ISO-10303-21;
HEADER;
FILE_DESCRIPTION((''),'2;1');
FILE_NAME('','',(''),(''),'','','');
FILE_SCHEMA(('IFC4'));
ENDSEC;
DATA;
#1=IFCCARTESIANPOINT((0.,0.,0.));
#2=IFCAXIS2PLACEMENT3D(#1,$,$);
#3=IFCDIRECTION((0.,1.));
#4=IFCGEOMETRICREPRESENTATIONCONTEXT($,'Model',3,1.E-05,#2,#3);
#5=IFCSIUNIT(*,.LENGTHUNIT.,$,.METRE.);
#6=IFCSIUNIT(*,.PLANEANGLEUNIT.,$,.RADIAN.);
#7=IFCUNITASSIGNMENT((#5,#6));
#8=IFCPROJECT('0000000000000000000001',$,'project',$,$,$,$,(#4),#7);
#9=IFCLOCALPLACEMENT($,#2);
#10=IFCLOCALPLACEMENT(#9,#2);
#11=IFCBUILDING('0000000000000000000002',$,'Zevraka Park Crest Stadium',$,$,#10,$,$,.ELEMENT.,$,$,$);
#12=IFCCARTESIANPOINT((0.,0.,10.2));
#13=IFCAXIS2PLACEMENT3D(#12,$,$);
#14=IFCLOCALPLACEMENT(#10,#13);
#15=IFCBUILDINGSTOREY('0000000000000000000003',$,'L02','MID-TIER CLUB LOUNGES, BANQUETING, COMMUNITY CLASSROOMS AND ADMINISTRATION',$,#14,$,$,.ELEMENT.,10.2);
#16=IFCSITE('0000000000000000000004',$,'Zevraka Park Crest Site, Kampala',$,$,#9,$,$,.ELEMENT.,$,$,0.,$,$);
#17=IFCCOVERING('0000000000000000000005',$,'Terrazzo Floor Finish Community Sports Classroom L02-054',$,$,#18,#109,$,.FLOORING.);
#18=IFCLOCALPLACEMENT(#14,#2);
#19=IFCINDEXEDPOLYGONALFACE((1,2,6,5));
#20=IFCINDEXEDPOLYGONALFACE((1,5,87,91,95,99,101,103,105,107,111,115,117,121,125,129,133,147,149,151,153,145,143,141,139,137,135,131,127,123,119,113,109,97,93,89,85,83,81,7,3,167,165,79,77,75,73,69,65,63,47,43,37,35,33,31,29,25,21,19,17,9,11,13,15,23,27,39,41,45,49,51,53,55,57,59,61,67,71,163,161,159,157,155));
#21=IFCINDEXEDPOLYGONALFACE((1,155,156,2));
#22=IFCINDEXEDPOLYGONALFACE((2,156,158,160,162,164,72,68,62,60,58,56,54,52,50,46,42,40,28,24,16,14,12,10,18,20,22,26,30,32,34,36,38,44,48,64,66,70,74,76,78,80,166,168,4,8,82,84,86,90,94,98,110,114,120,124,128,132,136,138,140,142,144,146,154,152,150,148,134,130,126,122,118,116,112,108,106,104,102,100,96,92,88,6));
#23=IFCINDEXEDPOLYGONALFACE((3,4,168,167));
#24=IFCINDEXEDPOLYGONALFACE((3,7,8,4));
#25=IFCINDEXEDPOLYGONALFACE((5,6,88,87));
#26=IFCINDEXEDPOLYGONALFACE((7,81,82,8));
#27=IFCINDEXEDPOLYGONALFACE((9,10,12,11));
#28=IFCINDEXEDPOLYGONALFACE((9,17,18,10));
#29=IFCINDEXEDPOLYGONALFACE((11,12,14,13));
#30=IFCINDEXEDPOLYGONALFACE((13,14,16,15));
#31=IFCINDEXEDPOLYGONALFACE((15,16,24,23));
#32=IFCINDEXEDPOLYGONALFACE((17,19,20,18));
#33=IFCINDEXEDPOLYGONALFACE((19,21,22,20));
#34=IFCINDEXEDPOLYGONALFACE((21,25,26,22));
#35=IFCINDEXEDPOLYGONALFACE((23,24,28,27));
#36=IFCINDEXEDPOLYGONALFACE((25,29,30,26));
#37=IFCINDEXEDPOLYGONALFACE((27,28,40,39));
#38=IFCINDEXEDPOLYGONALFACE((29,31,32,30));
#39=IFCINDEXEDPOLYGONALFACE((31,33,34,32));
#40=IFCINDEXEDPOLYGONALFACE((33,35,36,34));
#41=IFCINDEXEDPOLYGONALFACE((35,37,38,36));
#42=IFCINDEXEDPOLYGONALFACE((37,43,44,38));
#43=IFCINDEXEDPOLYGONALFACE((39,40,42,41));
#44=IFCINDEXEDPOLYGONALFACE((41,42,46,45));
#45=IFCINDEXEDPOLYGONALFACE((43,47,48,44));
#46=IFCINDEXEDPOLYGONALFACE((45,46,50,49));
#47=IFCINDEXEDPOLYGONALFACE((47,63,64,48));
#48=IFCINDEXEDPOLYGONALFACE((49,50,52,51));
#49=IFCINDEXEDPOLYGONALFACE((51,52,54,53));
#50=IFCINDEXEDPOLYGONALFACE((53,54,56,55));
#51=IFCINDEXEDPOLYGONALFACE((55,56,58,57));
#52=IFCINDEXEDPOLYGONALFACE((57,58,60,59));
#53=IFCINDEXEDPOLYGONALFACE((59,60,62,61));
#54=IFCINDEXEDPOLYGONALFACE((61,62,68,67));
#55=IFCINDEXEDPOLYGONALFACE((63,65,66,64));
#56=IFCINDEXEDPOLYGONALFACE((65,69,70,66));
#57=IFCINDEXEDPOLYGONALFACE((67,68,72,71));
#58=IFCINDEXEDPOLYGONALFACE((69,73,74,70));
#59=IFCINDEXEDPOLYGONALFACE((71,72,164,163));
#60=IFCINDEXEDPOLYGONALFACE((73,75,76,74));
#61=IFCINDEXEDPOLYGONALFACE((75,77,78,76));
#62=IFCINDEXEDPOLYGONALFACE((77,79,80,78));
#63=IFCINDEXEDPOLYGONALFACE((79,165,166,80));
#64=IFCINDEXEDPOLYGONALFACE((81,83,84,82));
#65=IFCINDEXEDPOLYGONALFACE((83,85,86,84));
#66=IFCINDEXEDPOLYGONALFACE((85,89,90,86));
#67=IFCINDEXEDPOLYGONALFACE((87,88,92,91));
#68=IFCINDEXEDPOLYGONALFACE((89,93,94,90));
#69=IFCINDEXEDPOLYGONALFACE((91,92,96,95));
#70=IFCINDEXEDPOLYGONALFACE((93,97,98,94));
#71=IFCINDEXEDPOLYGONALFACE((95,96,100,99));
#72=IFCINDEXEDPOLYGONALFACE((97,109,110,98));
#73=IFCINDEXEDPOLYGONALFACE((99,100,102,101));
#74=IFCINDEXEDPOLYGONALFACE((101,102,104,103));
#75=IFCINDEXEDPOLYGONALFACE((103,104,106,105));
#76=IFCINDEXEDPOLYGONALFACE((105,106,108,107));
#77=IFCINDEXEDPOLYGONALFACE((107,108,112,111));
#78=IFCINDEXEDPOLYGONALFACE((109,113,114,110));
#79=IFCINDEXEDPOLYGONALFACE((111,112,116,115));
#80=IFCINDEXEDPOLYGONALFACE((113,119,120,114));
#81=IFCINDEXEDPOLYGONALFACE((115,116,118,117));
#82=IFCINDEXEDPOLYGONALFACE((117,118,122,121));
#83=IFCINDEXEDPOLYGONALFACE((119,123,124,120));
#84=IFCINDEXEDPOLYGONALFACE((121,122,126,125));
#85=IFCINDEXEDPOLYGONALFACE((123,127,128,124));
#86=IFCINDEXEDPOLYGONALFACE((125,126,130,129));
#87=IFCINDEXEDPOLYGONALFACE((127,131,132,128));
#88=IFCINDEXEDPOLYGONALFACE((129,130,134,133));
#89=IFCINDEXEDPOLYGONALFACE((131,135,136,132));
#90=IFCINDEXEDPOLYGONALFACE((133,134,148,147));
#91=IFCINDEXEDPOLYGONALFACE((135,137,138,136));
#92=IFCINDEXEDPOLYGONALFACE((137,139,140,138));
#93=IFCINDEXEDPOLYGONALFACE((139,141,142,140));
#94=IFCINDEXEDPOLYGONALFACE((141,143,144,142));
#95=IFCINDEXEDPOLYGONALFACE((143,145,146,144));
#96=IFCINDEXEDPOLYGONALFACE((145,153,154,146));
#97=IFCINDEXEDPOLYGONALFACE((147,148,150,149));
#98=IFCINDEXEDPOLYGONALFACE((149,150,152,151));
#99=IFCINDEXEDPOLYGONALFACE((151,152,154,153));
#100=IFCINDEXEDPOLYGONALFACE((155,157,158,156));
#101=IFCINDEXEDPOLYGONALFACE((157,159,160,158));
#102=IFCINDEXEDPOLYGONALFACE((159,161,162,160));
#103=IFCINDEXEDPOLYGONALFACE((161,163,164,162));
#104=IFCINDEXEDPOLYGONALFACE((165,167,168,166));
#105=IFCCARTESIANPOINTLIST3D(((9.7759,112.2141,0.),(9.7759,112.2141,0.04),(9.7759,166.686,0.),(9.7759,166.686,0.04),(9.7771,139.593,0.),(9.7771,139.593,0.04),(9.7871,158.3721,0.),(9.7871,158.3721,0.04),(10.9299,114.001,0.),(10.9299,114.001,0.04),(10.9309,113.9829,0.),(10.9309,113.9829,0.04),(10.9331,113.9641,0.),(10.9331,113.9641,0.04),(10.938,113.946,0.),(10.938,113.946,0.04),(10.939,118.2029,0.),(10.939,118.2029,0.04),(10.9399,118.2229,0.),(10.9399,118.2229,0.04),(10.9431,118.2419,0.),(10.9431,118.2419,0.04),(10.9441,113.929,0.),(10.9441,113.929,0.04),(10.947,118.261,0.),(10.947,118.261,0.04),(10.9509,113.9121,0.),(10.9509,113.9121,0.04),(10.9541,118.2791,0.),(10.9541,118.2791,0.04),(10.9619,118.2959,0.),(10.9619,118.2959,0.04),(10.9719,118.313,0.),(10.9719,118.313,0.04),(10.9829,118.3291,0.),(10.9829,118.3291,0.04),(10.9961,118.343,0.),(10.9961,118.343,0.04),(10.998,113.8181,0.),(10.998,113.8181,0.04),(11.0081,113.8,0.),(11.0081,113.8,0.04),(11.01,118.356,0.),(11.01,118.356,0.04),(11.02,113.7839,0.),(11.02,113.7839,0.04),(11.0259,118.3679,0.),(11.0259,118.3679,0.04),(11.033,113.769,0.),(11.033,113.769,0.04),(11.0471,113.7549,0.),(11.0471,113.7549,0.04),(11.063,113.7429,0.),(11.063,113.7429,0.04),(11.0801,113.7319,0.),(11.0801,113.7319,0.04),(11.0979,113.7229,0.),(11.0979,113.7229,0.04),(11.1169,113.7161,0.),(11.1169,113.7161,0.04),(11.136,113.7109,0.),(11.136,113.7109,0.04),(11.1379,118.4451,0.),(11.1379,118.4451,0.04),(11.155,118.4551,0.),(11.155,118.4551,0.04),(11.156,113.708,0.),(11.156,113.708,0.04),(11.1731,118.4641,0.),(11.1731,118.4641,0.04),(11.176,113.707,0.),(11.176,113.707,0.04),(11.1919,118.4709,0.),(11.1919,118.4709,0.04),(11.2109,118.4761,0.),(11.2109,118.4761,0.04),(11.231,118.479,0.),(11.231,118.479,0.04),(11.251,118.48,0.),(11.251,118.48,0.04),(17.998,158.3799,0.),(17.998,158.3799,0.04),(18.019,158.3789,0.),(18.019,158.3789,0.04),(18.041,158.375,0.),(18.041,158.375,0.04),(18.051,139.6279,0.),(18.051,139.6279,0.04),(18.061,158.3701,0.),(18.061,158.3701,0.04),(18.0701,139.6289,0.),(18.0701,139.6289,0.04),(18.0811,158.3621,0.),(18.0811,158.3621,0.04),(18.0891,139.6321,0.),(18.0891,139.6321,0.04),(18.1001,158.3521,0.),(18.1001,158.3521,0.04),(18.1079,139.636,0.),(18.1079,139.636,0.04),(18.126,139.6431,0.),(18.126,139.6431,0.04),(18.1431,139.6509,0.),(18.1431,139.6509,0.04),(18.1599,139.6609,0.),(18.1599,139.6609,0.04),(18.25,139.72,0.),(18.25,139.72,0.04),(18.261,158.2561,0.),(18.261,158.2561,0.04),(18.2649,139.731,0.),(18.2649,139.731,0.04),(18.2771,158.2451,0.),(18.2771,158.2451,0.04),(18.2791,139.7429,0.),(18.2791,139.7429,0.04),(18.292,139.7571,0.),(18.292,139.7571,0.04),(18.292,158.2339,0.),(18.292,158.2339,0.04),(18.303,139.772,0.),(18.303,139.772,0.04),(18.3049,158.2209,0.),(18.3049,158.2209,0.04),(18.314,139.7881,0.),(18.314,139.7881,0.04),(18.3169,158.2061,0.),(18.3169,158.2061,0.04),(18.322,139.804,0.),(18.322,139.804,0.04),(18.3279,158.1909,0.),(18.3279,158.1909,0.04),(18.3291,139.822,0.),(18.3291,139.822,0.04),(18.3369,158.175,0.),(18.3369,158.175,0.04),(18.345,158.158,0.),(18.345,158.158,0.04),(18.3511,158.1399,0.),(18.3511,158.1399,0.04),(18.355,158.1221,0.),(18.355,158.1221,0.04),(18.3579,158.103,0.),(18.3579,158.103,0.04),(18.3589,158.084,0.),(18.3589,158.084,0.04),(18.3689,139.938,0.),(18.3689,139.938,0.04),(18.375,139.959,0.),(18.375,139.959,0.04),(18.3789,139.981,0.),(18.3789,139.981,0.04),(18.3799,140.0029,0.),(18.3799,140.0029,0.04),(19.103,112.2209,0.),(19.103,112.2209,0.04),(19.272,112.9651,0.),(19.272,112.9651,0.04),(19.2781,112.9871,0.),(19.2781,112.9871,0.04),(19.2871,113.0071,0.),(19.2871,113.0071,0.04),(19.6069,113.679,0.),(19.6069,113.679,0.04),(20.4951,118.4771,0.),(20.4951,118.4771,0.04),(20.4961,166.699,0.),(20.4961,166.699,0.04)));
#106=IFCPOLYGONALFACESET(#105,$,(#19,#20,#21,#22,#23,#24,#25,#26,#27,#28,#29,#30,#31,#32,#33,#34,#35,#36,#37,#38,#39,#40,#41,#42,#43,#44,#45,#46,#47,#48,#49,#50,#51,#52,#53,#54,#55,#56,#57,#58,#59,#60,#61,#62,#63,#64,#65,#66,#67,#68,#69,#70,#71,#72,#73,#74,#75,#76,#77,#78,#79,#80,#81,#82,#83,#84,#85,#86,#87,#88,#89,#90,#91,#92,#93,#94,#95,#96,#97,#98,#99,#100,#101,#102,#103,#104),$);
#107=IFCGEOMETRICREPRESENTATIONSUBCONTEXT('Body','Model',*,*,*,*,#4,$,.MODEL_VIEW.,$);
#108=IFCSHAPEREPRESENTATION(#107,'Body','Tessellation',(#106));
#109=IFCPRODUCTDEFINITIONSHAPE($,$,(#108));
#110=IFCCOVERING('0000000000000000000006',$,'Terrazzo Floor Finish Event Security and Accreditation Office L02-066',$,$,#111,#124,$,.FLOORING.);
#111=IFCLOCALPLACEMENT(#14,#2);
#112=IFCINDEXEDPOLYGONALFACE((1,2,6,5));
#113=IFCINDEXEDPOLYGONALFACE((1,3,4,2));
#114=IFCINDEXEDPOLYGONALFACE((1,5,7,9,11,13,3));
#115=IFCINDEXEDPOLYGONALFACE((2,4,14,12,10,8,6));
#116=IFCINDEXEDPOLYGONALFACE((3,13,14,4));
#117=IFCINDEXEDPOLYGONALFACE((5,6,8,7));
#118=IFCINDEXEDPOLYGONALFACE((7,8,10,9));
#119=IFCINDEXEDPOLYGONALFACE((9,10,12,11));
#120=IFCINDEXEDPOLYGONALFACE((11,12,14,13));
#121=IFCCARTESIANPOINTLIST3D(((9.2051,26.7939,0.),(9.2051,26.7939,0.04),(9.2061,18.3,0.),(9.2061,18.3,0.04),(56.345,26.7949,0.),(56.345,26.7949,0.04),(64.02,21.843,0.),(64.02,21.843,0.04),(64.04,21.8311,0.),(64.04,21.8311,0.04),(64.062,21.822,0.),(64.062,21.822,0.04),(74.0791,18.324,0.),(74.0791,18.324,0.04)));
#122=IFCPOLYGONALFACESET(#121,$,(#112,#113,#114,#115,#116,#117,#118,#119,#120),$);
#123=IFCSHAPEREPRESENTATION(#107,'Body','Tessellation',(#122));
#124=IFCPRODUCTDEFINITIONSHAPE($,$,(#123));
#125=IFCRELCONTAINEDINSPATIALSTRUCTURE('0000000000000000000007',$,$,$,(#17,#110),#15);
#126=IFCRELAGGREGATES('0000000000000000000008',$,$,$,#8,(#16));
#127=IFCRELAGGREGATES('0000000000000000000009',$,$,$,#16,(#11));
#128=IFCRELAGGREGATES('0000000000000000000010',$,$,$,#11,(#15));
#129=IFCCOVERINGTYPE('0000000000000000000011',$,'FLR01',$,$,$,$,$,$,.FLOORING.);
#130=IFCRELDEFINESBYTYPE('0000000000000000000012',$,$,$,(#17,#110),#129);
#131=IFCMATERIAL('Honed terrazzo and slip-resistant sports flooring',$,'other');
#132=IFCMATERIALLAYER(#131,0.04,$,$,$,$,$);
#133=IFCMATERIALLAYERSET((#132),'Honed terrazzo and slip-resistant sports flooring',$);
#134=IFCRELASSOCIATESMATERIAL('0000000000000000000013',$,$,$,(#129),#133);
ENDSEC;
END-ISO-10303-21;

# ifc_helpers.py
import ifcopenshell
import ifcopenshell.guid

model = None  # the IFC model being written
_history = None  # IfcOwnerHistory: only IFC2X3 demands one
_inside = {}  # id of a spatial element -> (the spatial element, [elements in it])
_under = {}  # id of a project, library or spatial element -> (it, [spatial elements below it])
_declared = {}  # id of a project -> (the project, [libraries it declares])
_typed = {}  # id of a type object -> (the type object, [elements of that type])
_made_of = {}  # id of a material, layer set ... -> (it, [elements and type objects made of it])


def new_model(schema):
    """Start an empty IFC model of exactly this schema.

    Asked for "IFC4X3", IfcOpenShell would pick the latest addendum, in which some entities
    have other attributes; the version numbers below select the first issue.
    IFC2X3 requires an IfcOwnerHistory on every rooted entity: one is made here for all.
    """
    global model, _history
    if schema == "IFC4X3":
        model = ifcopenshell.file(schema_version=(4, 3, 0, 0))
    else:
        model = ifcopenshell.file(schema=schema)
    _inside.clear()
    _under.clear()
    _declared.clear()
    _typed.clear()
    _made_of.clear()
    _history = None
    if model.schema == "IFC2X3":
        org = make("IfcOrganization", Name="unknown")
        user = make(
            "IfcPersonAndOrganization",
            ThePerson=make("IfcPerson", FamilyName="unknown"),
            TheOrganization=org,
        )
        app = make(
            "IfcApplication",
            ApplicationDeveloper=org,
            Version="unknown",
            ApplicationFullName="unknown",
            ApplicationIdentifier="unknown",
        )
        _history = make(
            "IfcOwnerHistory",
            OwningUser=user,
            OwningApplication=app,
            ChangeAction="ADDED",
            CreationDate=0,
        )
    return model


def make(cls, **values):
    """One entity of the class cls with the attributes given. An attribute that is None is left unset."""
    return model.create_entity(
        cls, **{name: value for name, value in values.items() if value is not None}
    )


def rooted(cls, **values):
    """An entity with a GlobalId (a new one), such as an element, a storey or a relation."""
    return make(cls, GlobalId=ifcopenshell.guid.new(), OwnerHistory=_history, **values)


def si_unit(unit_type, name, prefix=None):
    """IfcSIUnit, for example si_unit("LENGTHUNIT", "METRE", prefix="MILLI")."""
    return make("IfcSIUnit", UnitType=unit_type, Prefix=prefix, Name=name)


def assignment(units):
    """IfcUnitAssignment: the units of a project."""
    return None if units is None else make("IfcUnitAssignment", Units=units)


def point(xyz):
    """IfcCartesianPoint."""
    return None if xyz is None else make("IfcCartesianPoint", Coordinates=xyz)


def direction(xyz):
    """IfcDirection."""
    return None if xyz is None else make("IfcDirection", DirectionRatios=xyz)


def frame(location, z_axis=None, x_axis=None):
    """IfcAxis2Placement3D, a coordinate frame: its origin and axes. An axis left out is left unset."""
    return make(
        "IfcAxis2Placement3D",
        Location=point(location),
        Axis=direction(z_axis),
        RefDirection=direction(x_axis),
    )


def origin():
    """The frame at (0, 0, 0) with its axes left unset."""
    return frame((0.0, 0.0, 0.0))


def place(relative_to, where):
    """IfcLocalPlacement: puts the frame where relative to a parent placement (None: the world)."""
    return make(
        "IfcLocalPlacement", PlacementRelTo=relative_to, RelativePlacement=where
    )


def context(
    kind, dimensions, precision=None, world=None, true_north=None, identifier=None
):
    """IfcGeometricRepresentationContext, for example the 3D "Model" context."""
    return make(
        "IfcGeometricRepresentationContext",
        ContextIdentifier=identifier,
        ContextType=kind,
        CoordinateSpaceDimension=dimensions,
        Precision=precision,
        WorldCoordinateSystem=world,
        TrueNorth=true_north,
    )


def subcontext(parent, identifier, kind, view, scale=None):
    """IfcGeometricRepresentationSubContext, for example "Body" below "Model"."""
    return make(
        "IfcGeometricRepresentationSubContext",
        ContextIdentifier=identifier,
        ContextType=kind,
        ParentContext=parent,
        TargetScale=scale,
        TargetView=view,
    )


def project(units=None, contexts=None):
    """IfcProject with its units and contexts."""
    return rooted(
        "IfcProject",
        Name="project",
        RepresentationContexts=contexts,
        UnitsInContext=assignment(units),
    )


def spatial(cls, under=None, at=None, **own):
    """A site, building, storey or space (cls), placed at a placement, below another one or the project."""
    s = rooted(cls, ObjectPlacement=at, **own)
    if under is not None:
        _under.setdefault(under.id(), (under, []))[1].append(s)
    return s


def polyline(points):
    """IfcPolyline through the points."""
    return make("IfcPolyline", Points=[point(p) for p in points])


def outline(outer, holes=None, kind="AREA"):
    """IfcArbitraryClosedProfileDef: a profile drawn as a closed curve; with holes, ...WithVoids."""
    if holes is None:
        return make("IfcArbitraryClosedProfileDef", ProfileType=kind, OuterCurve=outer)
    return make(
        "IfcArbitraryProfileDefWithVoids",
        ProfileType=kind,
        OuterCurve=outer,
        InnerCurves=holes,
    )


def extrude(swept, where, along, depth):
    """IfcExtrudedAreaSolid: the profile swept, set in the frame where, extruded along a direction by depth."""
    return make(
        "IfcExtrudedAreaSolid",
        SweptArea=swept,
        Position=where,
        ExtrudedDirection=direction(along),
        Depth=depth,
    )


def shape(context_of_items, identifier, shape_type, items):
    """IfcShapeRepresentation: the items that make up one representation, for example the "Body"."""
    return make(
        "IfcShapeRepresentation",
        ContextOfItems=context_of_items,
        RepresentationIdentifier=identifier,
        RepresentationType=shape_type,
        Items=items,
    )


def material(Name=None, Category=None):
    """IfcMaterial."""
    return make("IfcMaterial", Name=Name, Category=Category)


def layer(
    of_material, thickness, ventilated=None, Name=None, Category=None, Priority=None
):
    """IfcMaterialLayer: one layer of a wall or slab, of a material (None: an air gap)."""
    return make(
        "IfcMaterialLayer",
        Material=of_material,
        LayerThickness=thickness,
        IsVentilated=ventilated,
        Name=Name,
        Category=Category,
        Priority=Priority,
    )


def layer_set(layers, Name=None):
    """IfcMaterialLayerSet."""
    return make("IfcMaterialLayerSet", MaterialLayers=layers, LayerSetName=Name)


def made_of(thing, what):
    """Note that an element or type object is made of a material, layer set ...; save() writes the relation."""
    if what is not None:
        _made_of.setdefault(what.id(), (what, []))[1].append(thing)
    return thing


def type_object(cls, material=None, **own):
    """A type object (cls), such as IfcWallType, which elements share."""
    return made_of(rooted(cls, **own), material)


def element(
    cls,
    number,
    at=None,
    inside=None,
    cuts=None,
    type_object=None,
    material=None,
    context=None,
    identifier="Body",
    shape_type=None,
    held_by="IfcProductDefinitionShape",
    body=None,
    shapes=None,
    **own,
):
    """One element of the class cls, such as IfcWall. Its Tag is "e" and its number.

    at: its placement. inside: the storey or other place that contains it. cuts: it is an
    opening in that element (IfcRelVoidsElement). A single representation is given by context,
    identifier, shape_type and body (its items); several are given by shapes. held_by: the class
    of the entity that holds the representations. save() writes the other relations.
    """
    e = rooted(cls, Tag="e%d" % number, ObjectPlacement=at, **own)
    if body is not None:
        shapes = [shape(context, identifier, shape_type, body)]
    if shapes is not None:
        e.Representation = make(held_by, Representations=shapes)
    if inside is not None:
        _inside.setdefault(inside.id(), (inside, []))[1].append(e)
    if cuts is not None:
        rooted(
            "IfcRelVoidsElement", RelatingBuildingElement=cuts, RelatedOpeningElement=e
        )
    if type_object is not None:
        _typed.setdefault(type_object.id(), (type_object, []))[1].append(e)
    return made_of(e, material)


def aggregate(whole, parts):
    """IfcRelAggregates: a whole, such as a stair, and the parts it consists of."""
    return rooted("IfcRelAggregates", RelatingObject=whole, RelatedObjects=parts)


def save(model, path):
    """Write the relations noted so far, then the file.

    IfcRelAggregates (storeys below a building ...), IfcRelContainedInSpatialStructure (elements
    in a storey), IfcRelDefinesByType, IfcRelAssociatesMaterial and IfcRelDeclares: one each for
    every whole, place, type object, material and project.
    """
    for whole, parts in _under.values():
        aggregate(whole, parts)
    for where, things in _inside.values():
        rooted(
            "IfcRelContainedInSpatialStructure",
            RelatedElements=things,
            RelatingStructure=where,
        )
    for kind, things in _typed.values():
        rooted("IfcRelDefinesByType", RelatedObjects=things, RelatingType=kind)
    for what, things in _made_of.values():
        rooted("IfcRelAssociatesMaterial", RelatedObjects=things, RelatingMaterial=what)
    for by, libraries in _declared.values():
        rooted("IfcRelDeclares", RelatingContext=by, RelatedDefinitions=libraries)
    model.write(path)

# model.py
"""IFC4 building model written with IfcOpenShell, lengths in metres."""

from ifc_helpers import new_model, si_unit, direction, frame, origin, place, context, subcontext, project, spatial, polyline, outline, extrude, material, layer, layer_set, type_object, element, save


model = new_model("IFC4")

# Units and contexts
model_context = context("Model", 3, precision=1e-05, world=origin(), true_north=direction((0.0, 1.0)))
body_context = subcontext(model_context, "Body", "Model", "MODEL_VIEW")
ifc_project = project(units=[si_unit("LENGTHUNIT", "METRE"), si_unit("PLANEANGLEUNIT", "RADIAN")], contexts=[model_context])

# Site, building, storey
site_placement = place(None, origin())
site = spatial("IfcSite", under=ifc_project, at=site_placement, Name="Zevraka Park Crest Site, Kampala", CompositionType="ELEMENT", RefElevation=0.0)
building_placement = place(site_placement, origin())
building = spatial("IfcBuilding", under=site, at=building_placement, Name="Zevraka Park Crest Stadium", CompositionType="ELEMENT")
storey_placement = place(building_placement, frame((0.0, 0.0, 10.2)))
storey = spatial("IfcBuildingStorey", under=building, at=storey_placement, Name="L02", Description="MID-TIER CLUB LOUNGES, BANQUETING, COMMUNITY CLASSROOMS AND ADMINISTRATION", CompositionType="ELEMENT", Elevation=10.2)

# Coverings
ifc_material_1 = material(Name="Honed terrazzo and slip-resistant sports flooring", Category="other")
ifc_layer_1 = layer(ifc_material_1, 0.04)
ifc_layer_set_1 = layer_set([ifc_layer_1], Name="Honed terrazzo and slip-resistant sports flooring")
covering_type_1 = type_object("IfcCoveringType", Name="FLR01", PredefinedType="FLOORING", material=ifc_layer_set_1)
covering_1_placement = place(storey_placement, origin())
element("IfcCovering", 1, at=covering_1_placement, inside=storey, type_object=covering_type_1, Name="Terrazzo Floor Finish Community Sports Classroom L02-054", PredefinedType="FLOORING", context=body_context, shape_type="SweptSolid", body=[
    extrude(outline(polyline([(9.7759, 166.686), (20.4961, 166.699), (20.4951, 118.4771), (11.251, 118.48), (11.231, 118.479), (11.2109, 118.4761), (11.1919, 118.4709), (11.1731, 118.4641), (11.155, 118.4551), (11.1379, 118.4451), (11.0259, 118.3679), (11.01, 118.356), (10.9961, 118.343), (10.9829, 118.3291), (10.9719, 118.313), (10.9619, 118.2959), (10.9541, 118.2791), (10.947, 118.261), (10.9431, 118.2419), (10.9399, 118.2229), (10.939, 118.2029), (10.9299, 114.001), (10.9309, 113.9829), (10.9331, 113.9641), (10.938, 113.946), (10.9441, 113.929), (10.9509, 113.9121), (10.998, 113.8181), (11.0081, 113.8), (11.02, 113.7839), (11.033, 113.769), (11.0471, 113.7549), (11.063, 113.7429), (11.0801, 113.7319), (11.0979, 113.7229), (11.1169, 113.7161), (11.136, 113.7109), (11.156, 113.708), (11.176, 113.707), (19.6069, 113.679), (19.2871, 113.0071), (19.2781, 112.9871), (19.272, 112.9651), (19.103, 112.2209), (9.7759, 112.2141), (9.7771, 139.593), (18.051, 139.6279), (18.0701, 139.6289), (18.0891, 139.6321), (18.1079, 139.636), (18.126, 139.6431), (18.1431, 139.6509), (18.1599, 139.6609), (18.25, 139.72), (18.2649, 139.731), (18.2791, 139.7429), (18.292, 139.7571), (18.303, 139.772), (18.314, 139.7881), (18.322, 139.804), (18.3291, 139.822), (18.3689, 139.938), (18.375, 139.959), (18.3789, 139.981), (18.3799, 140.0029), (18.3589, 158.084), (18.3579, 158.103), (18.355, 158.1221), (18.3511, 158.1399), (18.345, 158.158), (18.3369, 158.175), (18.3279, 158.1909), (18.3169, 158.2061), (18.3049, 158.2209), (18.292, 158.2339), (18.2771, 158.2451), (18.261, 158.2561), (18.1001, 158.3521), (18.0811, 158.3621), (18.061, 158.3701), (18.041, 158.375), (18.019, 158.3789), (17.998, 158.3799), (9.7871, 158.3721), (9.7759, 166.686)])), origin(), (0.0, 0.0, 1.0), 0.04),
])
covering_2_placement = place(storey_placement, origin())
element("IfcCovering", 2, at=covering_2_placement, inside=storey, type_object=covering_type_1, Name="Terrazzo Floor Finish Event Security and Accreditation Office L02-066", PredefinedType="FLOORING", context=body_context, shape_type="SweptSolid", body=[
    extrude(outline(polyline([(9.2061, 18.3), (9.2051, 26.7939), (56.345, 26.7949), (64.02, 21.843), (64.04, 21.8311), (64.062, 21.822), (74.0791, 18.324), (9.2061, 18.3)])), origin(), (0.0, 0.0, 1.0), 0.04),
])

save(model, "model.ifc")
